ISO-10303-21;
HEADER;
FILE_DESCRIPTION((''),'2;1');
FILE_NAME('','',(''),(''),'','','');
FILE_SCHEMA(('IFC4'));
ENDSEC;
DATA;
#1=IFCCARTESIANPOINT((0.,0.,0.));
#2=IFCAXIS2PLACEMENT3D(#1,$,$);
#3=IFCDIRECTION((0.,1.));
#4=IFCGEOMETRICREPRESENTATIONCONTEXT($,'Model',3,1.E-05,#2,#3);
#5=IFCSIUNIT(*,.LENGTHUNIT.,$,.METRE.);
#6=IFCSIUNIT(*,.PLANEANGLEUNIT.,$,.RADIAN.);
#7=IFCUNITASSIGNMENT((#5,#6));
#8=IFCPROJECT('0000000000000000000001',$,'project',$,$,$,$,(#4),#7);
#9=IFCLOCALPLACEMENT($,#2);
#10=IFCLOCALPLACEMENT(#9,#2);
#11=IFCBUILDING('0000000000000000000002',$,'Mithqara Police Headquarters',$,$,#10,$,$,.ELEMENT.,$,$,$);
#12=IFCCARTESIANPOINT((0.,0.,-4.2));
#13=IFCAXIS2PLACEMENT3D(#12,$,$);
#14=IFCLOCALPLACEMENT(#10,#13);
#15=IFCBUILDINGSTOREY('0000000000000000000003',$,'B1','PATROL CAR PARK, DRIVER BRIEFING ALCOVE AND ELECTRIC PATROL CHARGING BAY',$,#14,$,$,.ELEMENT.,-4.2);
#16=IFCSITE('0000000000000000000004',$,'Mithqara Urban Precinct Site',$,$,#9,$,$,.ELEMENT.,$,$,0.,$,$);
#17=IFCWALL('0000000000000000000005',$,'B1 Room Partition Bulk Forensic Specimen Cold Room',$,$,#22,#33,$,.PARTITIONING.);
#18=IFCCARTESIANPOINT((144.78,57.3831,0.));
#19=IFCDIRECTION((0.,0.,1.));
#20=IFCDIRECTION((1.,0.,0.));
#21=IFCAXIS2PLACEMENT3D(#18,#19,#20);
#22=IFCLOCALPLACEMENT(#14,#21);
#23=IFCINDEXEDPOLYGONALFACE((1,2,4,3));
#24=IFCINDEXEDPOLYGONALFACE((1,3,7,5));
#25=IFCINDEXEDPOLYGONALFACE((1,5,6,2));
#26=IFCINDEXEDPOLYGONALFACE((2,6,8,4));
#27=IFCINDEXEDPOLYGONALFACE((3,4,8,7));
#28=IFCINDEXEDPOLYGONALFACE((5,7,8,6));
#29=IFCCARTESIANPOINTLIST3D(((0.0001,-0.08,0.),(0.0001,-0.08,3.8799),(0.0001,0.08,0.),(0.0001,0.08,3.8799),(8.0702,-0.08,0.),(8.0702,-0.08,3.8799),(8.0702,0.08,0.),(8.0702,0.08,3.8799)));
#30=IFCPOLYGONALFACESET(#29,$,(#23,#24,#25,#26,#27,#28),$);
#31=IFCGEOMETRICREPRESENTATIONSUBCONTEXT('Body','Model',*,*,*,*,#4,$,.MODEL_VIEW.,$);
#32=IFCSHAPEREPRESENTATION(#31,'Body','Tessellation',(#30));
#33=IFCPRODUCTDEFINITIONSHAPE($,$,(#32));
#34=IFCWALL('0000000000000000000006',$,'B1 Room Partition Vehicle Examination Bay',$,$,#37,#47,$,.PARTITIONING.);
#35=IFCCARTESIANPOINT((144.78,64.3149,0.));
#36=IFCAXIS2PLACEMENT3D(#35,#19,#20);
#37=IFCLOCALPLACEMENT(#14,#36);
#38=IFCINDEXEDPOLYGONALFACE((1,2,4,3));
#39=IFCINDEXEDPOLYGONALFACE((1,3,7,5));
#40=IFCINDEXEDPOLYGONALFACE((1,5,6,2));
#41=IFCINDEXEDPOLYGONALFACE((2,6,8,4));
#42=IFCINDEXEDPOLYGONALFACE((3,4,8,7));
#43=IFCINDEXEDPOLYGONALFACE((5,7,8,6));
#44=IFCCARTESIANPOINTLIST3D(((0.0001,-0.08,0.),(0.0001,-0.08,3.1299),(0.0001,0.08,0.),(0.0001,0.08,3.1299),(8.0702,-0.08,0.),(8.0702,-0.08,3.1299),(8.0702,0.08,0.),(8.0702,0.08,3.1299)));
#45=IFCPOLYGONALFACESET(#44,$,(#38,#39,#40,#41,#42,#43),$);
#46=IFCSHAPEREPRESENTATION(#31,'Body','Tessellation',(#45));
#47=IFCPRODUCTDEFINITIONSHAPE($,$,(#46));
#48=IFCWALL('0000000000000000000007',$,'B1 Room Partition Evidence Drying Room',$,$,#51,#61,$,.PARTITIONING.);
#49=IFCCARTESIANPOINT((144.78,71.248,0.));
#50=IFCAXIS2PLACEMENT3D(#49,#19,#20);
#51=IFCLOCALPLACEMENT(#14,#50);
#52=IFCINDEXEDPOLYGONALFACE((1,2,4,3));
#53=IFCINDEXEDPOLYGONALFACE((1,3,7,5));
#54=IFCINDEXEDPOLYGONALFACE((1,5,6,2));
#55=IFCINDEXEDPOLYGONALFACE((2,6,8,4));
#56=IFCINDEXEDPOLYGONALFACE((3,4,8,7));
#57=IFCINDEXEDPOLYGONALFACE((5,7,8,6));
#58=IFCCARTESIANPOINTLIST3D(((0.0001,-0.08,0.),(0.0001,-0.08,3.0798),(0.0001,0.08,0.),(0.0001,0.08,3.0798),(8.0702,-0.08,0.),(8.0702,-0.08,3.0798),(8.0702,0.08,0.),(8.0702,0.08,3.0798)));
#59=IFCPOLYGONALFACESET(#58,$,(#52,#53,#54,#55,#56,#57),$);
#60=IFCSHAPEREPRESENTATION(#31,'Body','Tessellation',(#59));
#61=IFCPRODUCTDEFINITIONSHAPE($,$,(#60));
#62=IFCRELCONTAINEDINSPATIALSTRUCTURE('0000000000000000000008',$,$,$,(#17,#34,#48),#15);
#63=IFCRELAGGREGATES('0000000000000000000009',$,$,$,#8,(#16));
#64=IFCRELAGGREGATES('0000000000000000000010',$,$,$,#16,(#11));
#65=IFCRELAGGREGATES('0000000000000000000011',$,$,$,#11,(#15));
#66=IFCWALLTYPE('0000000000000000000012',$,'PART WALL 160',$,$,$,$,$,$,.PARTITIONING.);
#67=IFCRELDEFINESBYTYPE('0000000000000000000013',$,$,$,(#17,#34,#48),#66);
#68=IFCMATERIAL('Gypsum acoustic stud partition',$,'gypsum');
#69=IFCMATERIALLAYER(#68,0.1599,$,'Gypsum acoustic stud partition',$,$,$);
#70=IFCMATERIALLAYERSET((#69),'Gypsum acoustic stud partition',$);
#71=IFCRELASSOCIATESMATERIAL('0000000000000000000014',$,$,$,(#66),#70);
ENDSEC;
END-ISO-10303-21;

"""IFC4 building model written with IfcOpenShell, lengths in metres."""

from ifc_helpers import new_model, si_unit, direction, frame, frame_2d, origin, place, context, subcontext, project, spatial, rectangle, extrude, material, layer, layer_set, type_object, element, save


model = new_model("IFC4")

# Units and contexts
model_context = context("Model", 3, precision=1e-05, world=origin(), true_north=direction((0.0, 1.0)))
body_context = subcontext(model_context, "Body", "Model", "MODEL_VIEW")
ifc_project = project(units=[si_unit("LENGTHUNIT", "METRE"), si_unit("PLANEANGLEUNIT", "RADIAN")], contexts=[model_context])

# Site, building, storey
site_placement = place(None, origin())
site = spatial("IfcSite", under=ifc_project, at=site_placement, Name="Mithqara Urban Precinct Site", CompositionType="ELEMENT", RefElevation=0.0)
building_placement = place(site_placement, origin())
building = spatial("IfcBuilding", under=site, at=building_placement, Name="Mithqara Police Headquarters", CompositionType="ELEMENT")
storey_placement = place(building_placement, frame((0.0, 0.0, -4.2)))
storey = spatial("IfcBuildingStorey", under=building, at=storey_placement, Name="B1", Description="PATROL CAR PARK, DRIVER BRIEFING ALCOVE AND ELECTRIC PATROL CHARGING BAY", CompositionType="ELEMENT", Elevation=-4.2)

# Walls
ifc_material_1 = material(Name="Gypsum acoustic stud partition", Category="gypsum")
ifc_layer = layer(ifc_material_1, 0.1599, Name="Gypsum acoustic stud partition")
ifc_layer_set = layer_set([ifc_layer], Name="Gypsum acoustic stud partition")
wall_type = type_object("IfcWallType", Name="PART WALL 160", PredefinedType="PARTITIONING", material=ifc_layer_set)
wall_1_placement = place(storey_placement, frame((144.78, 57.3831, 0.0), z_axis=(0.0, 0.0, 1.0), x_axis=(1.0, 0.0, 0.0)))
element("IfcWall", 1, at=wall_1_placement, inside=storey, type_object=wall_type, Name="B1 Room Partition Bulk Forensic Specimen Cold Room", PredefinedType="PARTITIONING", context=body_context, shape_type="SweptSolid", body=[
    extrude(rectangle(XDim=8.0701, YDim=0.1599, at=frame_2d((4.0352, 0.0))), origin(), (0.0, 0.0, 1.0), 3.8799),
])
wall_2_placement = place(storey_placement, frame((144.78, 64.3149, 0.0), z_axis=(0.0, 0.0, 1.0), x_axis=(1.0, 0.0, 0.0)))
element("IfcWall", 2, at=wall_2_placement, inside=storey, type_object=wall_type, Name="B1 Room Partition Vehicle Examination Bay", PredefinedType="PARTITIONING", context=body_context, shape_type="SweptSolid", body=[
    extrude(rectangle(XDim=8.0701, YDim=0.1599, at=frame_2d((4.0352, 0.0))), origin(), (0.0, 0.0, 1.0), 3.1299),
])
wall_3_placement = place(storey_placement, frame((144.78, 71.248, 0.0), z_axis=(0.0, 0.0, 1.0), x_axis=(1.0, 0.0, 0.0)))
element("IfcWall", 3, at=wall_3_placement, inside=storey, type_object=wall_type, Name="B1 Room Partition Evidence Drying Room", PredefinedType="PARTITIONING", context=body_context, shape_type="SweptSolid", body=[
    extrude(rectangle(XDim=8.0701, YDim=0.1599, at=frame_2d((4.0352, 0.0))), origin(), (0.0, 0.0, 1.0), 3.0798),
])

save(model, "model.ifc")
